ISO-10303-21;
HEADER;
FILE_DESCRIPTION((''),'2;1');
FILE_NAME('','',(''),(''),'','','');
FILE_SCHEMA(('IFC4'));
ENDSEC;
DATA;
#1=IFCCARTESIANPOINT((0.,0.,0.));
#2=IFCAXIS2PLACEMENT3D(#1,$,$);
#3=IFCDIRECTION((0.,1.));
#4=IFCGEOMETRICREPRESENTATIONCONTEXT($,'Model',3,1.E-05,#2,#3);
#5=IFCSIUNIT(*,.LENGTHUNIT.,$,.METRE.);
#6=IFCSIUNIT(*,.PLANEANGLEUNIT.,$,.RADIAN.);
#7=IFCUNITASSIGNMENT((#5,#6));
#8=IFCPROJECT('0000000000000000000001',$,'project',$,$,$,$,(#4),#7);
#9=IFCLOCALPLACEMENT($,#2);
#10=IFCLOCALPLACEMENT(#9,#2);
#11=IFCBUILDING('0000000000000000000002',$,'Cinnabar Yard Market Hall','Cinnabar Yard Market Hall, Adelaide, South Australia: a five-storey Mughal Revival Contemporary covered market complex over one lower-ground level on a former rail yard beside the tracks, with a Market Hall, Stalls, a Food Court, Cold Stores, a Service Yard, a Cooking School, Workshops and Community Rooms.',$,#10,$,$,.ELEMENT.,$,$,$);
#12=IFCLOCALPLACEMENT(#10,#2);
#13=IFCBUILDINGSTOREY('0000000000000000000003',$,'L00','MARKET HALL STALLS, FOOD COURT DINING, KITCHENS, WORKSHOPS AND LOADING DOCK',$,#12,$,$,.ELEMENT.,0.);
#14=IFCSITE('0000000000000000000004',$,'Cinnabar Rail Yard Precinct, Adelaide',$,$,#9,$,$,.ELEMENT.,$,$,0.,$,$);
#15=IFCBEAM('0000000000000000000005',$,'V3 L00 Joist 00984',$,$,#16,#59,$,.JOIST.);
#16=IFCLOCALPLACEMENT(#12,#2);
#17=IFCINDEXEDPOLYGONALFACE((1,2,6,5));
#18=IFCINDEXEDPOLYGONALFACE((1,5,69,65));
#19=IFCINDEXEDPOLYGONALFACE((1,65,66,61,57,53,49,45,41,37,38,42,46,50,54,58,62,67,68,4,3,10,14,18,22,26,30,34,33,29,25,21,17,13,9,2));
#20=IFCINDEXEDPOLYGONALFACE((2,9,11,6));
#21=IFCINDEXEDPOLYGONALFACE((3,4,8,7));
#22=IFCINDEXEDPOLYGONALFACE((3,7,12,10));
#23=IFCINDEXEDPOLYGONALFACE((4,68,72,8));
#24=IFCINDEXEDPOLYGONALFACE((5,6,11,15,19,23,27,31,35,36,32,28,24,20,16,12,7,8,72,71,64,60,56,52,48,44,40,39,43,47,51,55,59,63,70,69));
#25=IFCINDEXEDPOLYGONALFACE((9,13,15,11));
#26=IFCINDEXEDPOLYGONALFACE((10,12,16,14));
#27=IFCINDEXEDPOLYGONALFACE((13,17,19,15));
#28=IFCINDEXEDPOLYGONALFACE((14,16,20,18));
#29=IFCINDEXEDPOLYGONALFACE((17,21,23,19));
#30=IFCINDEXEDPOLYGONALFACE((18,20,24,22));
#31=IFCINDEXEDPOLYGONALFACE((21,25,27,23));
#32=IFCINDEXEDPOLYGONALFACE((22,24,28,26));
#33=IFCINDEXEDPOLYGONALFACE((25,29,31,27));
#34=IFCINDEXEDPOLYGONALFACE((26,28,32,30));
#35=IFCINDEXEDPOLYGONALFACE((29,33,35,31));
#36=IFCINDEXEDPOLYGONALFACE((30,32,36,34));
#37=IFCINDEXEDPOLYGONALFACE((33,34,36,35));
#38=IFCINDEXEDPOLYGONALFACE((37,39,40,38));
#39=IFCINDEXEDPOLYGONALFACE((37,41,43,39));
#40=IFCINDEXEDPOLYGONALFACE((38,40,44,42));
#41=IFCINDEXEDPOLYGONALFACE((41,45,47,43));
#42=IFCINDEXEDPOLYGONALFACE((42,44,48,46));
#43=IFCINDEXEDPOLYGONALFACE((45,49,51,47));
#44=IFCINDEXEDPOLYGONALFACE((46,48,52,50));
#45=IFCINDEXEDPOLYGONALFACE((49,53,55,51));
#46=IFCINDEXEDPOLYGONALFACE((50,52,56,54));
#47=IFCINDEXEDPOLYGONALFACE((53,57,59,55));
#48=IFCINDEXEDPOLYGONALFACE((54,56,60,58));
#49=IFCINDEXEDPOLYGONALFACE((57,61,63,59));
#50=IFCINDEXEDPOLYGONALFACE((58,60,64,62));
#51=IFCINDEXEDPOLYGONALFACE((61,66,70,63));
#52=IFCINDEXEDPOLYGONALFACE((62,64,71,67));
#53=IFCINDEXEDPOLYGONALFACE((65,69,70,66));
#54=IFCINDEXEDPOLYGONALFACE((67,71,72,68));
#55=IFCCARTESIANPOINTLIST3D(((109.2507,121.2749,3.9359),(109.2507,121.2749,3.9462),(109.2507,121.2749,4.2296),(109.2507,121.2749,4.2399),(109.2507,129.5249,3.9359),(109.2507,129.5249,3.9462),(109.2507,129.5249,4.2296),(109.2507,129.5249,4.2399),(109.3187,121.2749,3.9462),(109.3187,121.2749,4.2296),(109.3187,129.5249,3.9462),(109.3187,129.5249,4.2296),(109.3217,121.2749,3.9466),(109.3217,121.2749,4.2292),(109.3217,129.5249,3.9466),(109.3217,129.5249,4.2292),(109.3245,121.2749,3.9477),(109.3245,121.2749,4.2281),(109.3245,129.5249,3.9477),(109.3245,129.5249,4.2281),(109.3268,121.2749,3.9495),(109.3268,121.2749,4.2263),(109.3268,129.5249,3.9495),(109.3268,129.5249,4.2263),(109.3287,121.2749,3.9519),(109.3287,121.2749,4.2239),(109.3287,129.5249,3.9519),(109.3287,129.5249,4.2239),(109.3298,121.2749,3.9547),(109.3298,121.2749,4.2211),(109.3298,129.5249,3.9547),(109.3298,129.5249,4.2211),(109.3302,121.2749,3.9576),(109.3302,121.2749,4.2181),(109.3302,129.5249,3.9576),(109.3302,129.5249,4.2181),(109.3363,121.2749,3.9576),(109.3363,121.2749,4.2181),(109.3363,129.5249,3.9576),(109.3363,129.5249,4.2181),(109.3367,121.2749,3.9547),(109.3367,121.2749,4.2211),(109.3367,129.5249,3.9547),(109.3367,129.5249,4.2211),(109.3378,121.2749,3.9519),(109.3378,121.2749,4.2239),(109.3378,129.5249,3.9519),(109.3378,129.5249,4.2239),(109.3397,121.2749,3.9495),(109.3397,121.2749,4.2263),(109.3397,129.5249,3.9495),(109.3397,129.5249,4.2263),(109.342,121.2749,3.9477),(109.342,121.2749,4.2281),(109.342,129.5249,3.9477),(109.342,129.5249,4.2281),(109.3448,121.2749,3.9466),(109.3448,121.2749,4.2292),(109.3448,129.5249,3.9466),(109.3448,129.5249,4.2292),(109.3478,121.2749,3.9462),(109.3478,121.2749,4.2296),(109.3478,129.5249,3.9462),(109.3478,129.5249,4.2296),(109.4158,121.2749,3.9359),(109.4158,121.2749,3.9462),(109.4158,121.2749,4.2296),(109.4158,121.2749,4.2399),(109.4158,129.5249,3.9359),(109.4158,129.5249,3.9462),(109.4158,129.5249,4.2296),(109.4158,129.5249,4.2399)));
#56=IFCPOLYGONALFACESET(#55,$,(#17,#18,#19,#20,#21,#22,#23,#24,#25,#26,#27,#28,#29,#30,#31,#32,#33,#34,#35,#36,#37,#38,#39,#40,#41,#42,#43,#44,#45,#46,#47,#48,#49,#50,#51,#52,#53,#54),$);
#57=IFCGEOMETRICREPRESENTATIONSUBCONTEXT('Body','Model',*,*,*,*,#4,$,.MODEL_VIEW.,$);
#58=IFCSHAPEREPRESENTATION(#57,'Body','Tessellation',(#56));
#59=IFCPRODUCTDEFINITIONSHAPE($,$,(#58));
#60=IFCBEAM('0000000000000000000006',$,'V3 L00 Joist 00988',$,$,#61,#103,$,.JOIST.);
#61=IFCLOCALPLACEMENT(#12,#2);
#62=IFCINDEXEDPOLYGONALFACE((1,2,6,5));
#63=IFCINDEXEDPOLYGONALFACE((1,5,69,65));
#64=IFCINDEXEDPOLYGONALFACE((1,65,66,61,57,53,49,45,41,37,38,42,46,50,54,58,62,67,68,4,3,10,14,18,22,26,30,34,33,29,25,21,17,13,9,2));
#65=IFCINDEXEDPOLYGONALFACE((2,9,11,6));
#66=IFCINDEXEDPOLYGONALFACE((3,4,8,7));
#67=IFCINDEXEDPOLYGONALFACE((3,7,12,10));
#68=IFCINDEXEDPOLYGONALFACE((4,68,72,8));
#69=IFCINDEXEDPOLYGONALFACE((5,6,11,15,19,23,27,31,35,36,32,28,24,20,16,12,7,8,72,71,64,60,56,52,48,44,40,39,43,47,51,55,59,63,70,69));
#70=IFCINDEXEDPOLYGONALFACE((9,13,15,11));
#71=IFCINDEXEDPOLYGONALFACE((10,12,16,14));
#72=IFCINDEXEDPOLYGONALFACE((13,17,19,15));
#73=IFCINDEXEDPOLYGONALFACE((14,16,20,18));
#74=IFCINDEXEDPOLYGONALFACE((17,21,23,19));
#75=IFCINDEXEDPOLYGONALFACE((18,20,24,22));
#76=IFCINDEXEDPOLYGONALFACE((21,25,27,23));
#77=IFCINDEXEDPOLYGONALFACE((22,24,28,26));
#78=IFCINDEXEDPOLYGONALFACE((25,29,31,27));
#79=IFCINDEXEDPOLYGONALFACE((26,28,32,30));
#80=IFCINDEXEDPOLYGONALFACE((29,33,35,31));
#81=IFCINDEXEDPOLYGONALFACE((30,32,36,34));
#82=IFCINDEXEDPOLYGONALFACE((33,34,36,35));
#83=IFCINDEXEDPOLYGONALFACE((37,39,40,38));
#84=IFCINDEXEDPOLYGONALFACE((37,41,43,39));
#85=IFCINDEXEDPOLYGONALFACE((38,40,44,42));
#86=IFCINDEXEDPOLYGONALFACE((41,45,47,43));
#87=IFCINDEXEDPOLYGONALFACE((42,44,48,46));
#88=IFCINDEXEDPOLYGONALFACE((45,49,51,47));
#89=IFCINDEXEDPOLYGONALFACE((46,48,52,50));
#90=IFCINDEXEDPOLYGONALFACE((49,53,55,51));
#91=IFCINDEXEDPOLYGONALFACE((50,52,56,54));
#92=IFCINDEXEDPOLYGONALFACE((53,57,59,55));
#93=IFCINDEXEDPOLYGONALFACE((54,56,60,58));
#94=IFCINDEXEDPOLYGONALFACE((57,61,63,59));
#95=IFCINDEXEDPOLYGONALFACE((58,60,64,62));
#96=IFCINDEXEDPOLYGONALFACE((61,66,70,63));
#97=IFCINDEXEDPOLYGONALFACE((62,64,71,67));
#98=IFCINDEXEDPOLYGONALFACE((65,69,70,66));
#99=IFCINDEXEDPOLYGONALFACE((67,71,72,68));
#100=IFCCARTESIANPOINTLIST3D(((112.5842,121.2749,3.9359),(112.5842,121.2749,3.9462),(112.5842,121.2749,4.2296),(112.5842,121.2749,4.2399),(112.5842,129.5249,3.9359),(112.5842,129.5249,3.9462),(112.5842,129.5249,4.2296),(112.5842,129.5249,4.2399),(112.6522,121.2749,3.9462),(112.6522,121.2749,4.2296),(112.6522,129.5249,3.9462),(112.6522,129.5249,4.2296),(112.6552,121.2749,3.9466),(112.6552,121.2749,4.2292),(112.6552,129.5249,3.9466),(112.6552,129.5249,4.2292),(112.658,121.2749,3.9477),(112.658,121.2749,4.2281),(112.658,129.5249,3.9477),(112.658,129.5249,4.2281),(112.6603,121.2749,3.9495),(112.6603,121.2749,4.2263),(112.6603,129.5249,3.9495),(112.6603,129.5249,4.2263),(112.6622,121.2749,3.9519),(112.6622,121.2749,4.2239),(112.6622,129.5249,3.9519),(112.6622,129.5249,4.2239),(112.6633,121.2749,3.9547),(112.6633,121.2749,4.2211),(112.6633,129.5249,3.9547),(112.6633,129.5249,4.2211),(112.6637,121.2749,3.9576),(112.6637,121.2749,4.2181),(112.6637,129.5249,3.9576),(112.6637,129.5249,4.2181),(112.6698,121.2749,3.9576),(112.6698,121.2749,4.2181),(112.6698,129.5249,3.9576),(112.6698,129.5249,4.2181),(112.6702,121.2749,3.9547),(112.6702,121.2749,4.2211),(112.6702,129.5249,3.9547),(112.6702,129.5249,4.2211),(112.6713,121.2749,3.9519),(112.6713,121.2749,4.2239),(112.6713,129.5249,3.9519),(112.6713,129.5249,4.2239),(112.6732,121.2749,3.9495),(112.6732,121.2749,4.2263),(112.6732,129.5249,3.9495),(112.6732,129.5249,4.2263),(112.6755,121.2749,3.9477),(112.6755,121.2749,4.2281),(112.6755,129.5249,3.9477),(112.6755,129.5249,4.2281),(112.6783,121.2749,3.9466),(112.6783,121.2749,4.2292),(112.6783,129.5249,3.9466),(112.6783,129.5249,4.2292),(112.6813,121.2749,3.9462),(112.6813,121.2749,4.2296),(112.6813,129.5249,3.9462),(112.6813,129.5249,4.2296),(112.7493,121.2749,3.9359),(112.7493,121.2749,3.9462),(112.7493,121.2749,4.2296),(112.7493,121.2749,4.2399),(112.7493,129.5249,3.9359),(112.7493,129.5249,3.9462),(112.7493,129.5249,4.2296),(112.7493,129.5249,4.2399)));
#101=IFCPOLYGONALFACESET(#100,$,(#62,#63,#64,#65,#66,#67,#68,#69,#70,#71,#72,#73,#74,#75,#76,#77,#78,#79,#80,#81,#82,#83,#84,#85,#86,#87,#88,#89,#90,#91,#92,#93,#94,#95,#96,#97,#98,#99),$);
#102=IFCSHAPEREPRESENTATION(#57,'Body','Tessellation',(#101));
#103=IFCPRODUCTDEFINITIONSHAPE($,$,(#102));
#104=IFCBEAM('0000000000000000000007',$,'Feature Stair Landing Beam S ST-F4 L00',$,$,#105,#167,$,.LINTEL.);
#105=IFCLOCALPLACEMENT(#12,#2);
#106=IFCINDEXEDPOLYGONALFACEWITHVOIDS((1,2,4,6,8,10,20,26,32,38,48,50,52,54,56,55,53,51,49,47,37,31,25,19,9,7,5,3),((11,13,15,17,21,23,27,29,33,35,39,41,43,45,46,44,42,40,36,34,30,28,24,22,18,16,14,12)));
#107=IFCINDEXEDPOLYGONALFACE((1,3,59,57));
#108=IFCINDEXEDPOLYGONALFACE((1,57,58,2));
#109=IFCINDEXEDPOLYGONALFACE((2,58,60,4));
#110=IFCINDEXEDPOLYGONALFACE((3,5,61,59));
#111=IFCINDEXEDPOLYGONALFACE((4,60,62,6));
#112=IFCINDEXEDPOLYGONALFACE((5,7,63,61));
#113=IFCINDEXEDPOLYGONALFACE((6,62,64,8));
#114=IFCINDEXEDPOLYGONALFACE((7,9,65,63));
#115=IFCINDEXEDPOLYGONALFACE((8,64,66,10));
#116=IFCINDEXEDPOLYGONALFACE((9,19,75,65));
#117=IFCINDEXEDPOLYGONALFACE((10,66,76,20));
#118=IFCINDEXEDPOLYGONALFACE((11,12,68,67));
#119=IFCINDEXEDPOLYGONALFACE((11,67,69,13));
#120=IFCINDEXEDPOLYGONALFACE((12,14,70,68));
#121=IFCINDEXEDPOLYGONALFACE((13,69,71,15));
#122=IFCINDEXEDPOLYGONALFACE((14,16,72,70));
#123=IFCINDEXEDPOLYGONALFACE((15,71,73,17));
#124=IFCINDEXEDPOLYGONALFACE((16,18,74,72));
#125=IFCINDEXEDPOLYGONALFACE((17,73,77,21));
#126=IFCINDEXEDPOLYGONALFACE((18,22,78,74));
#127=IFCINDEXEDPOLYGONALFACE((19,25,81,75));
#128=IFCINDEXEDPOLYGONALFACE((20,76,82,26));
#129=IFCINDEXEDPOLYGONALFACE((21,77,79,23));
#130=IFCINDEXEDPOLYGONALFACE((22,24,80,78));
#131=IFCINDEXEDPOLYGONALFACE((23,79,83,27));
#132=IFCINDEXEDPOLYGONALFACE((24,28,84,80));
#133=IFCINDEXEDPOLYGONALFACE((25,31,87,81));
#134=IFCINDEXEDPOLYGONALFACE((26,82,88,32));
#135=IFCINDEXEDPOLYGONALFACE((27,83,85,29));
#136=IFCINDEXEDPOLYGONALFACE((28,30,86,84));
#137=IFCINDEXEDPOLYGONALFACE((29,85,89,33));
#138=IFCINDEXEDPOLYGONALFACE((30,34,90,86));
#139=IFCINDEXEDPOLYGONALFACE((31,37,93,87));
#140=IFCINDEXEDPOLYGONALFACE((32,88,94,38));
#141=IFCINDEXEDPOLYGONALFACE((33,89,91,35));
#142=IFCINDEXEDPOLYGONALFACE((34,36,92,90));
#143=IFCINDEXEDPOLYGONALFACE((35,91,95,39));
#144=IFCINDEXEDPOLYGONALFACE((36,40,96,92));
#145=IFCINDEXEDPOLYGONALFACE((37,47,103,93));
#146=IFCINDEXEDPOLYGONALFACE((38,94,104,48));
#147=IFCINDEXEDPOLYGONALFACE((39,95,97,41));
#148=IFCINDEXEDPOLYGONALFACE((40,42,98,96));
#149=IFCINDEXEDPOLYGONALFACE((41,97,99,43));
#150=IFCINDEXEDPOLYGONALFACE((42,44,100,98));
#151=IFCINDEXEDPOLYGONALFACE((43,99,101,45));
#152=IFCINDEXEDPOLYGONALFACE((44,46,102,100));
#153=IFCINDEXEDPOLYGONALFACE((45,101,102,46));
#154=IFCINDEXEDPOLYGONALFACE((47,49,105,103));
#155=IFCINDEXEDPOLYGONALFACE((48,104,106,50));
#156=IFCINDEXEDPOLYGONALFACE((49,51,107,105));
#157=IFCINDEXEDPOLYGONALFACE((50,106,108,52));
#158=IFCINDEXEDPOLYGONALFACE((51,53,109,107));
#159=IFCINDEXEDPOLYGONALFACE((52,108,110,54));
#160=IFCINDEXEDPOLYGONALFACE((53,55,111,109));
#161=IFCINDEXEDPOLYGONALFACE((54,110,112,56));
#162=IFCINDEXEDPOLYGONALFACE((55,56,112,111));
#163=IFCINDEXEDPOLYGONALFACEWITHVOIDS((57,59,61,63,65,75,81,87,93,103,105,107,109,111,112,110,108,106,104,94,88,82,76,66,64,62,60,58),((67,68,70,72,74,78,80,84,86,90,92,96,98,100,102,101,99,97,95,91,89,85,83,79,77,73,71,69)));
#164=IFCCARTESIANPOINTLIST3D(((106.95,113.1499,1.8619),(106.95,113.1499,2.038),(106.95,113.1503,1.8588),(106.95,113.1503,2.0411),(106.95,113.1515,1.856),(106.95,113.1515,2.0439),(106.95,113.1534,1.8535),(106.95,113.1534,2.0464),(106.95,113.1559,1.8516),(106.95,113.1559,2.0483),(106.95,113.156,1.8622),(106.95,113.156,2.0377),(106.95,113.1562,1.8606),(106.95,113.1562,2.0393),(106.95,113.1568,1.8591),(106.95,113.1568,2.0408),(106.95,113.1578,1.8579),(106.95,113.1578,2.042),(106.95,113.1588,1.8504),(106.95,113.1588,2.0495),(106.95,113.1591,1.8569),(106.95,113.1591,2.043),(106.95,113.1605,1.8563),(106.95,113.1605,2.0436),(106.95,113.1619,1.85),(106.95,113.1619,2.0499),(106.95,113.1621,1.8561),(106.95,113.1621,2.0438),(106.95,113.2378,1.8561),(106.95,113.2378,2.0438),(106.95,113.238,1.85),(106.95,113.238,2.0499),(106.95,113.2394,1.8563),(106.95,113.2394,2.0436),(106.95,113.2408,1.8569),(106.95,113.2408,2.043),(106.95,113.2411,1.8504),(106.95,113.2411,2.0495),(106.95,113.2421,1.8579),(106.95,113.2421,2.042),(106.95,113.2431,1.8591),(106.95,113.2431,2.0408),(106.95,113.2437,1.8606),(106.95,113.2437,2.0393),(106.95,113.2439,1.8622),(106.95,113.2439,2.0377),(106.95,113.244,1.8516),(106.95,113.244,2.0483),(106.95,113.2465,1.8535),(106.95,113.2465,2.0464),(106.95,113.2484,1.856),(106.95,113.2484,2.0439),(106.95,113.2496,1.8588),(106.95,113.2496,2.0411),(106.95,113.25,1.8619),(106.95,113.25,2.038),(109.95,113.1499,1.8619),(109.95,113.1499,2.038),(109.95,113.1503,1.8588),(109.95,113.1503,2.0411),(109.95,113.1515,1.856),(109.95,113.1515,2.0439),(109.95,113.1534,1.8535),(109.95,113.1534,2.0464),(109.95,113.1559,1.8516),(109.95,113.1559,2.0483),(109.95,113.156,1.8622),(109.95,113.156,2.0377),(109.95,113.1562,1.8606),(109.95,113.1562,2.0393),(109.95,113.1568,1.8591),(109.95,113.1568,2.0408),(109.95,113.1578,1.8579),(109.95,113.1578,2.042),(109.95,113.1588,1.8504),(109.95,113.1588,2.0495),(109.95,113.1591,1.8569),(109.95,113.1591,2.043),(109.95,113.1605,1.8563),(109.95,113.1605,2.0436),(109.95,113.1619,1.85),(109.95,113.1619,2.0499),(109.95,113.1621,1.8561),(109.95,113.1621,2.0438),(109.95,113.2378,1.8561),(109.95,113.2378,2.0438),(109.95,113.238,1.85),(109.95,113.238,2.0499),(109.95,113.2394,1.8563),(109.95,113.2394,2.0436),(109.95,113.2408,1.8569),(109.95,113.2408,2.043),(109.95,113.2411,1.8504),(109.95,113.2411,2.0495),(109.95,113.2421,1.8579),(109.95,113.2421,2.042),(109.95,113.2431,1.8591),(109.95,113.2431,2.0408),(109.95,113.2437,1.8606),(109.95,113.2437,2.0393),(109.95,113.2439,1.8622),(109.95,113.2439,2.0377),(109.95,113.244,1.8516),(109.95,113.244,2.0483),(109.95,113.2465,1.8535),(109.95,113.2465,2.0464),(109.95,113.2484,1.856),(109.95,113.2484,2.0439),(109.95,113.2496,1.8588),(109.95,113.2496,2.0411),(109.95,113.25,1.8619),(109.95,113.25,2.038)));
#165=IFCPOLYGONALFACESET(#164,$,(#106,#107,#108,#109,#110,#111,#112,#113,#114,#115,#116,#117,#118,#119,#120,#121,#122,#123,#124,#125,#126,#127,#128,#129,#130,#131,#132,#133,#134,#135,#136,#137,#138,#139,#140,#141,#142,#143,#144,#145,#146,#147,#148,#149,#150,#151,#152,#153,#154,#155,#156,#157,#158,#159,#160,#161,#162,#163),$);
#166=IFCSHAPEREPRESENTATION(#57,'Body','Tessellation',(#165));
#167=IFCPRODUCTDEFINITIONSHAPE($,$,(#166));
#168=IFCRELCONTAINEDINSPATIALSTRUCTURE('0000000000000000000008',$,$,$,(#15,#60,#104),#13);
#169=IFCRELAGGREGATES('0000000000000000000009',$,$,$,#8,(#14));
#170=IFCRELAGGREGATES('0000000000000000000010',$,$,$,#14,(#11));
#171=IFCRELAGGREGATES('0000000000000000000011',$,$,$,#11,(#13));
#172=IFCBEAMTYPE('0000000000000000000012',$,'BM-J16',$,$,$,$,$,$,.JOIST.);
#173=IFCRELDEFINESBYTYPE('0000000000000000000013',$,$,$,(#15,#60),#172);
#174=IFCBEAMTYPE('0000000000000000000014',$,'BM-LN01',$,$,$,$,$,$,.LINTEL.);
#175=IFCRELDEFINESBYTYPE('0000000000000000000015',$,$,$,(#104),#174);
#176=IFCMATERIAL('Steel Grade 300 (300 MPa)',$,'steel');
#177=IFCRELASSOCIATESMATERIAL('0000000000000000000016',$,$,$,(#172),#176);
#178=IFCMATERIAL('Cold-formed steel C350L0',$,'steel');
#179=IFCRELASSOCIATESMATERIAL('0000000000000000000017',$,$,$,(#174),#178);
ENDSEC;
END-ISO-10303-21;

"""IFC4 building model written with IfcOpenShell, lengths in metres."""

from ifc_helpers import new_model, si_unit, direction, frame, origin, origin_2d_with_axis, place, context, subcontext, project, spatial, hollow_rectangle, i_section, extrude, material, material_profile, profile_set, type_object, element, save


model = new_model("IFC4")

# Units and contexts
model_context = context("Model", 3, precision=1e-05, world=origin(), true_north=direction((0.0, 1.0)))
body_context = subcontext(model_context, "Body", "Model", "MODEL_VIEW")
ifc_project = project(units=[si_unit("LENGTHUNIT", "METRE"), si_unit("PLANEANGLEUNIT", "RADIAN")], contexts=[model_context])

# Site, building, storey
site_placement = place(None, origin())
site = spatial("IfcSite", under=ifc_project, at=site_placement, Name="Cinnabar Rail Yard Precinct, Adelaide", CompositionType="ELEMENT", RefElevation=0.0)
building_placement = place(site_placement, origin())
building = spatial("IfcBuilding", under=site, at=building_placement, Name="Cinnabar Yard Market Hall", Description="Cinnabar Yard Market Hall, Adelaide, South Australia: a five-storey Mughal Revival Contemporary covered market complex over one lower-ground level on a former rail yard beside the tracks, with a Market Hall, Stalls, a Food Court, Cold Stores, a Service Yard, a Cooking School, Workshops and Community Rooms.", CompositionType="ELEMENT")
storey_placement = place(building_placement, origin())
storey = spatial("IfcBuildingStorey", under=building, at=storey_placement, Name="L00", Description="MARKET HALL STALLS, FOOD COURT DINING, KITCHENS, WORKSHOPS AND LOADING DOCK", CompositionType="ELEMENT", Elevation=0.0)

# Shared definitions
ifc_material_1 = material(Name="Cold-formed steel C350L0", Category="steel")

# Beams
ifc_material_2 = material(Name="Steel Grade 300 (300 MPa)", Category="steel")
ifc_material_profile_1 = material_profile(ifc_material_2, i_section(OverallWidth=0.165, OverallDepth=0.304, WebThickness=0.0061, FlangeThickness=0.0103, FilletRadius=0.0115, at=origin_2d_with_axis()), Name="310UB40.4")
ifc_profile_set_1 = profile_set([ifc_material_profile_1], Name="Steel Grade 300 (300 MPa)")
beam_type_1 = type_object("IfcBeamType", Name="BM-J16", PredefinedType="JOIST", material=ifc_profile_set_1)
for number, where, z_axis, x_axis, name in (
    (1, (109.3333, 121.2749, 4.0879), (0.0, 1.0, 0.0), (-1.0, 0.0, 0.0), "V3 L00 Joist 00984"),
    (2, (112.6667, 121.2749, 4.0879), (0.0, 1.0, 0.0), (-1.0, 0.0, 0.0), "V3 L00 Joist 00988"),
):
    element("IfcBeam", number, at=place(storey_placement, frame(where, z_axis=z_axis, x_axis=x_axis)), inside=storey, type_object=beam_type_1, Name=name, PredefinedType="JOIST", context=body_context, shape_type="SweptSolid", body=[
        extrude(i_section(OverallWidth=0.165, OverallDepth=0.304, WebThickness=0.0061, FlangeThickness=0.0103, FilletRadius=0.0115, at=origin_2d_with_axis()), origin(), (0.0, 0.0, 1.0), 8.25),
    ])
ifc_material_profile_2 = material_profile(ifc_material_1, hollow_rectangle(XDim=0.1001, YDim=0.2, WallThickness=0.0061, InnerFilletRadius=0.0061, OuterFilletRadius=0.012, at=origin_2d_with_axis()), Name="200x100x6.0RHS")
ifc_profile_set_2 = profile_set([ifc_material_profile_2], Name="Cold-formed steel C350L0")
beam_type_2 = type_object("IfcBeamType", Name="BM-LN01", PredefinedType="LINTEL", material=ifc_profile_set_2)
for number, where, z_axis, x_axis, name in (
    (3, (106.95, 113.2, 1.95), (1.0, 0.0, 0.0), (0.0, 1.0, 0.0), "Feature Stair Landing Beam S ST-F4 L00"),
):
    element("IfcBeam", number, at=place(storey_placement, frame(where, z_axis=z_axis, x_axis=x_axis)), inside=storey, type_object=beam_type_2, Name=name, PredefinedType="LINTEL", context=body_context, shape_type="SweptSolid", body=[
        extrude(hollow_rectangle(XDim=0.1001, YDim=0.2, WallThickness=0.0061, InnerFilletRadius=0.0061, OuterFilletRadius=0.012, at=origin_2d_with_axis()), origin(), (0.0, 0.0, 1.0), 3.0),
    ])

save(model, "model.ifc")
